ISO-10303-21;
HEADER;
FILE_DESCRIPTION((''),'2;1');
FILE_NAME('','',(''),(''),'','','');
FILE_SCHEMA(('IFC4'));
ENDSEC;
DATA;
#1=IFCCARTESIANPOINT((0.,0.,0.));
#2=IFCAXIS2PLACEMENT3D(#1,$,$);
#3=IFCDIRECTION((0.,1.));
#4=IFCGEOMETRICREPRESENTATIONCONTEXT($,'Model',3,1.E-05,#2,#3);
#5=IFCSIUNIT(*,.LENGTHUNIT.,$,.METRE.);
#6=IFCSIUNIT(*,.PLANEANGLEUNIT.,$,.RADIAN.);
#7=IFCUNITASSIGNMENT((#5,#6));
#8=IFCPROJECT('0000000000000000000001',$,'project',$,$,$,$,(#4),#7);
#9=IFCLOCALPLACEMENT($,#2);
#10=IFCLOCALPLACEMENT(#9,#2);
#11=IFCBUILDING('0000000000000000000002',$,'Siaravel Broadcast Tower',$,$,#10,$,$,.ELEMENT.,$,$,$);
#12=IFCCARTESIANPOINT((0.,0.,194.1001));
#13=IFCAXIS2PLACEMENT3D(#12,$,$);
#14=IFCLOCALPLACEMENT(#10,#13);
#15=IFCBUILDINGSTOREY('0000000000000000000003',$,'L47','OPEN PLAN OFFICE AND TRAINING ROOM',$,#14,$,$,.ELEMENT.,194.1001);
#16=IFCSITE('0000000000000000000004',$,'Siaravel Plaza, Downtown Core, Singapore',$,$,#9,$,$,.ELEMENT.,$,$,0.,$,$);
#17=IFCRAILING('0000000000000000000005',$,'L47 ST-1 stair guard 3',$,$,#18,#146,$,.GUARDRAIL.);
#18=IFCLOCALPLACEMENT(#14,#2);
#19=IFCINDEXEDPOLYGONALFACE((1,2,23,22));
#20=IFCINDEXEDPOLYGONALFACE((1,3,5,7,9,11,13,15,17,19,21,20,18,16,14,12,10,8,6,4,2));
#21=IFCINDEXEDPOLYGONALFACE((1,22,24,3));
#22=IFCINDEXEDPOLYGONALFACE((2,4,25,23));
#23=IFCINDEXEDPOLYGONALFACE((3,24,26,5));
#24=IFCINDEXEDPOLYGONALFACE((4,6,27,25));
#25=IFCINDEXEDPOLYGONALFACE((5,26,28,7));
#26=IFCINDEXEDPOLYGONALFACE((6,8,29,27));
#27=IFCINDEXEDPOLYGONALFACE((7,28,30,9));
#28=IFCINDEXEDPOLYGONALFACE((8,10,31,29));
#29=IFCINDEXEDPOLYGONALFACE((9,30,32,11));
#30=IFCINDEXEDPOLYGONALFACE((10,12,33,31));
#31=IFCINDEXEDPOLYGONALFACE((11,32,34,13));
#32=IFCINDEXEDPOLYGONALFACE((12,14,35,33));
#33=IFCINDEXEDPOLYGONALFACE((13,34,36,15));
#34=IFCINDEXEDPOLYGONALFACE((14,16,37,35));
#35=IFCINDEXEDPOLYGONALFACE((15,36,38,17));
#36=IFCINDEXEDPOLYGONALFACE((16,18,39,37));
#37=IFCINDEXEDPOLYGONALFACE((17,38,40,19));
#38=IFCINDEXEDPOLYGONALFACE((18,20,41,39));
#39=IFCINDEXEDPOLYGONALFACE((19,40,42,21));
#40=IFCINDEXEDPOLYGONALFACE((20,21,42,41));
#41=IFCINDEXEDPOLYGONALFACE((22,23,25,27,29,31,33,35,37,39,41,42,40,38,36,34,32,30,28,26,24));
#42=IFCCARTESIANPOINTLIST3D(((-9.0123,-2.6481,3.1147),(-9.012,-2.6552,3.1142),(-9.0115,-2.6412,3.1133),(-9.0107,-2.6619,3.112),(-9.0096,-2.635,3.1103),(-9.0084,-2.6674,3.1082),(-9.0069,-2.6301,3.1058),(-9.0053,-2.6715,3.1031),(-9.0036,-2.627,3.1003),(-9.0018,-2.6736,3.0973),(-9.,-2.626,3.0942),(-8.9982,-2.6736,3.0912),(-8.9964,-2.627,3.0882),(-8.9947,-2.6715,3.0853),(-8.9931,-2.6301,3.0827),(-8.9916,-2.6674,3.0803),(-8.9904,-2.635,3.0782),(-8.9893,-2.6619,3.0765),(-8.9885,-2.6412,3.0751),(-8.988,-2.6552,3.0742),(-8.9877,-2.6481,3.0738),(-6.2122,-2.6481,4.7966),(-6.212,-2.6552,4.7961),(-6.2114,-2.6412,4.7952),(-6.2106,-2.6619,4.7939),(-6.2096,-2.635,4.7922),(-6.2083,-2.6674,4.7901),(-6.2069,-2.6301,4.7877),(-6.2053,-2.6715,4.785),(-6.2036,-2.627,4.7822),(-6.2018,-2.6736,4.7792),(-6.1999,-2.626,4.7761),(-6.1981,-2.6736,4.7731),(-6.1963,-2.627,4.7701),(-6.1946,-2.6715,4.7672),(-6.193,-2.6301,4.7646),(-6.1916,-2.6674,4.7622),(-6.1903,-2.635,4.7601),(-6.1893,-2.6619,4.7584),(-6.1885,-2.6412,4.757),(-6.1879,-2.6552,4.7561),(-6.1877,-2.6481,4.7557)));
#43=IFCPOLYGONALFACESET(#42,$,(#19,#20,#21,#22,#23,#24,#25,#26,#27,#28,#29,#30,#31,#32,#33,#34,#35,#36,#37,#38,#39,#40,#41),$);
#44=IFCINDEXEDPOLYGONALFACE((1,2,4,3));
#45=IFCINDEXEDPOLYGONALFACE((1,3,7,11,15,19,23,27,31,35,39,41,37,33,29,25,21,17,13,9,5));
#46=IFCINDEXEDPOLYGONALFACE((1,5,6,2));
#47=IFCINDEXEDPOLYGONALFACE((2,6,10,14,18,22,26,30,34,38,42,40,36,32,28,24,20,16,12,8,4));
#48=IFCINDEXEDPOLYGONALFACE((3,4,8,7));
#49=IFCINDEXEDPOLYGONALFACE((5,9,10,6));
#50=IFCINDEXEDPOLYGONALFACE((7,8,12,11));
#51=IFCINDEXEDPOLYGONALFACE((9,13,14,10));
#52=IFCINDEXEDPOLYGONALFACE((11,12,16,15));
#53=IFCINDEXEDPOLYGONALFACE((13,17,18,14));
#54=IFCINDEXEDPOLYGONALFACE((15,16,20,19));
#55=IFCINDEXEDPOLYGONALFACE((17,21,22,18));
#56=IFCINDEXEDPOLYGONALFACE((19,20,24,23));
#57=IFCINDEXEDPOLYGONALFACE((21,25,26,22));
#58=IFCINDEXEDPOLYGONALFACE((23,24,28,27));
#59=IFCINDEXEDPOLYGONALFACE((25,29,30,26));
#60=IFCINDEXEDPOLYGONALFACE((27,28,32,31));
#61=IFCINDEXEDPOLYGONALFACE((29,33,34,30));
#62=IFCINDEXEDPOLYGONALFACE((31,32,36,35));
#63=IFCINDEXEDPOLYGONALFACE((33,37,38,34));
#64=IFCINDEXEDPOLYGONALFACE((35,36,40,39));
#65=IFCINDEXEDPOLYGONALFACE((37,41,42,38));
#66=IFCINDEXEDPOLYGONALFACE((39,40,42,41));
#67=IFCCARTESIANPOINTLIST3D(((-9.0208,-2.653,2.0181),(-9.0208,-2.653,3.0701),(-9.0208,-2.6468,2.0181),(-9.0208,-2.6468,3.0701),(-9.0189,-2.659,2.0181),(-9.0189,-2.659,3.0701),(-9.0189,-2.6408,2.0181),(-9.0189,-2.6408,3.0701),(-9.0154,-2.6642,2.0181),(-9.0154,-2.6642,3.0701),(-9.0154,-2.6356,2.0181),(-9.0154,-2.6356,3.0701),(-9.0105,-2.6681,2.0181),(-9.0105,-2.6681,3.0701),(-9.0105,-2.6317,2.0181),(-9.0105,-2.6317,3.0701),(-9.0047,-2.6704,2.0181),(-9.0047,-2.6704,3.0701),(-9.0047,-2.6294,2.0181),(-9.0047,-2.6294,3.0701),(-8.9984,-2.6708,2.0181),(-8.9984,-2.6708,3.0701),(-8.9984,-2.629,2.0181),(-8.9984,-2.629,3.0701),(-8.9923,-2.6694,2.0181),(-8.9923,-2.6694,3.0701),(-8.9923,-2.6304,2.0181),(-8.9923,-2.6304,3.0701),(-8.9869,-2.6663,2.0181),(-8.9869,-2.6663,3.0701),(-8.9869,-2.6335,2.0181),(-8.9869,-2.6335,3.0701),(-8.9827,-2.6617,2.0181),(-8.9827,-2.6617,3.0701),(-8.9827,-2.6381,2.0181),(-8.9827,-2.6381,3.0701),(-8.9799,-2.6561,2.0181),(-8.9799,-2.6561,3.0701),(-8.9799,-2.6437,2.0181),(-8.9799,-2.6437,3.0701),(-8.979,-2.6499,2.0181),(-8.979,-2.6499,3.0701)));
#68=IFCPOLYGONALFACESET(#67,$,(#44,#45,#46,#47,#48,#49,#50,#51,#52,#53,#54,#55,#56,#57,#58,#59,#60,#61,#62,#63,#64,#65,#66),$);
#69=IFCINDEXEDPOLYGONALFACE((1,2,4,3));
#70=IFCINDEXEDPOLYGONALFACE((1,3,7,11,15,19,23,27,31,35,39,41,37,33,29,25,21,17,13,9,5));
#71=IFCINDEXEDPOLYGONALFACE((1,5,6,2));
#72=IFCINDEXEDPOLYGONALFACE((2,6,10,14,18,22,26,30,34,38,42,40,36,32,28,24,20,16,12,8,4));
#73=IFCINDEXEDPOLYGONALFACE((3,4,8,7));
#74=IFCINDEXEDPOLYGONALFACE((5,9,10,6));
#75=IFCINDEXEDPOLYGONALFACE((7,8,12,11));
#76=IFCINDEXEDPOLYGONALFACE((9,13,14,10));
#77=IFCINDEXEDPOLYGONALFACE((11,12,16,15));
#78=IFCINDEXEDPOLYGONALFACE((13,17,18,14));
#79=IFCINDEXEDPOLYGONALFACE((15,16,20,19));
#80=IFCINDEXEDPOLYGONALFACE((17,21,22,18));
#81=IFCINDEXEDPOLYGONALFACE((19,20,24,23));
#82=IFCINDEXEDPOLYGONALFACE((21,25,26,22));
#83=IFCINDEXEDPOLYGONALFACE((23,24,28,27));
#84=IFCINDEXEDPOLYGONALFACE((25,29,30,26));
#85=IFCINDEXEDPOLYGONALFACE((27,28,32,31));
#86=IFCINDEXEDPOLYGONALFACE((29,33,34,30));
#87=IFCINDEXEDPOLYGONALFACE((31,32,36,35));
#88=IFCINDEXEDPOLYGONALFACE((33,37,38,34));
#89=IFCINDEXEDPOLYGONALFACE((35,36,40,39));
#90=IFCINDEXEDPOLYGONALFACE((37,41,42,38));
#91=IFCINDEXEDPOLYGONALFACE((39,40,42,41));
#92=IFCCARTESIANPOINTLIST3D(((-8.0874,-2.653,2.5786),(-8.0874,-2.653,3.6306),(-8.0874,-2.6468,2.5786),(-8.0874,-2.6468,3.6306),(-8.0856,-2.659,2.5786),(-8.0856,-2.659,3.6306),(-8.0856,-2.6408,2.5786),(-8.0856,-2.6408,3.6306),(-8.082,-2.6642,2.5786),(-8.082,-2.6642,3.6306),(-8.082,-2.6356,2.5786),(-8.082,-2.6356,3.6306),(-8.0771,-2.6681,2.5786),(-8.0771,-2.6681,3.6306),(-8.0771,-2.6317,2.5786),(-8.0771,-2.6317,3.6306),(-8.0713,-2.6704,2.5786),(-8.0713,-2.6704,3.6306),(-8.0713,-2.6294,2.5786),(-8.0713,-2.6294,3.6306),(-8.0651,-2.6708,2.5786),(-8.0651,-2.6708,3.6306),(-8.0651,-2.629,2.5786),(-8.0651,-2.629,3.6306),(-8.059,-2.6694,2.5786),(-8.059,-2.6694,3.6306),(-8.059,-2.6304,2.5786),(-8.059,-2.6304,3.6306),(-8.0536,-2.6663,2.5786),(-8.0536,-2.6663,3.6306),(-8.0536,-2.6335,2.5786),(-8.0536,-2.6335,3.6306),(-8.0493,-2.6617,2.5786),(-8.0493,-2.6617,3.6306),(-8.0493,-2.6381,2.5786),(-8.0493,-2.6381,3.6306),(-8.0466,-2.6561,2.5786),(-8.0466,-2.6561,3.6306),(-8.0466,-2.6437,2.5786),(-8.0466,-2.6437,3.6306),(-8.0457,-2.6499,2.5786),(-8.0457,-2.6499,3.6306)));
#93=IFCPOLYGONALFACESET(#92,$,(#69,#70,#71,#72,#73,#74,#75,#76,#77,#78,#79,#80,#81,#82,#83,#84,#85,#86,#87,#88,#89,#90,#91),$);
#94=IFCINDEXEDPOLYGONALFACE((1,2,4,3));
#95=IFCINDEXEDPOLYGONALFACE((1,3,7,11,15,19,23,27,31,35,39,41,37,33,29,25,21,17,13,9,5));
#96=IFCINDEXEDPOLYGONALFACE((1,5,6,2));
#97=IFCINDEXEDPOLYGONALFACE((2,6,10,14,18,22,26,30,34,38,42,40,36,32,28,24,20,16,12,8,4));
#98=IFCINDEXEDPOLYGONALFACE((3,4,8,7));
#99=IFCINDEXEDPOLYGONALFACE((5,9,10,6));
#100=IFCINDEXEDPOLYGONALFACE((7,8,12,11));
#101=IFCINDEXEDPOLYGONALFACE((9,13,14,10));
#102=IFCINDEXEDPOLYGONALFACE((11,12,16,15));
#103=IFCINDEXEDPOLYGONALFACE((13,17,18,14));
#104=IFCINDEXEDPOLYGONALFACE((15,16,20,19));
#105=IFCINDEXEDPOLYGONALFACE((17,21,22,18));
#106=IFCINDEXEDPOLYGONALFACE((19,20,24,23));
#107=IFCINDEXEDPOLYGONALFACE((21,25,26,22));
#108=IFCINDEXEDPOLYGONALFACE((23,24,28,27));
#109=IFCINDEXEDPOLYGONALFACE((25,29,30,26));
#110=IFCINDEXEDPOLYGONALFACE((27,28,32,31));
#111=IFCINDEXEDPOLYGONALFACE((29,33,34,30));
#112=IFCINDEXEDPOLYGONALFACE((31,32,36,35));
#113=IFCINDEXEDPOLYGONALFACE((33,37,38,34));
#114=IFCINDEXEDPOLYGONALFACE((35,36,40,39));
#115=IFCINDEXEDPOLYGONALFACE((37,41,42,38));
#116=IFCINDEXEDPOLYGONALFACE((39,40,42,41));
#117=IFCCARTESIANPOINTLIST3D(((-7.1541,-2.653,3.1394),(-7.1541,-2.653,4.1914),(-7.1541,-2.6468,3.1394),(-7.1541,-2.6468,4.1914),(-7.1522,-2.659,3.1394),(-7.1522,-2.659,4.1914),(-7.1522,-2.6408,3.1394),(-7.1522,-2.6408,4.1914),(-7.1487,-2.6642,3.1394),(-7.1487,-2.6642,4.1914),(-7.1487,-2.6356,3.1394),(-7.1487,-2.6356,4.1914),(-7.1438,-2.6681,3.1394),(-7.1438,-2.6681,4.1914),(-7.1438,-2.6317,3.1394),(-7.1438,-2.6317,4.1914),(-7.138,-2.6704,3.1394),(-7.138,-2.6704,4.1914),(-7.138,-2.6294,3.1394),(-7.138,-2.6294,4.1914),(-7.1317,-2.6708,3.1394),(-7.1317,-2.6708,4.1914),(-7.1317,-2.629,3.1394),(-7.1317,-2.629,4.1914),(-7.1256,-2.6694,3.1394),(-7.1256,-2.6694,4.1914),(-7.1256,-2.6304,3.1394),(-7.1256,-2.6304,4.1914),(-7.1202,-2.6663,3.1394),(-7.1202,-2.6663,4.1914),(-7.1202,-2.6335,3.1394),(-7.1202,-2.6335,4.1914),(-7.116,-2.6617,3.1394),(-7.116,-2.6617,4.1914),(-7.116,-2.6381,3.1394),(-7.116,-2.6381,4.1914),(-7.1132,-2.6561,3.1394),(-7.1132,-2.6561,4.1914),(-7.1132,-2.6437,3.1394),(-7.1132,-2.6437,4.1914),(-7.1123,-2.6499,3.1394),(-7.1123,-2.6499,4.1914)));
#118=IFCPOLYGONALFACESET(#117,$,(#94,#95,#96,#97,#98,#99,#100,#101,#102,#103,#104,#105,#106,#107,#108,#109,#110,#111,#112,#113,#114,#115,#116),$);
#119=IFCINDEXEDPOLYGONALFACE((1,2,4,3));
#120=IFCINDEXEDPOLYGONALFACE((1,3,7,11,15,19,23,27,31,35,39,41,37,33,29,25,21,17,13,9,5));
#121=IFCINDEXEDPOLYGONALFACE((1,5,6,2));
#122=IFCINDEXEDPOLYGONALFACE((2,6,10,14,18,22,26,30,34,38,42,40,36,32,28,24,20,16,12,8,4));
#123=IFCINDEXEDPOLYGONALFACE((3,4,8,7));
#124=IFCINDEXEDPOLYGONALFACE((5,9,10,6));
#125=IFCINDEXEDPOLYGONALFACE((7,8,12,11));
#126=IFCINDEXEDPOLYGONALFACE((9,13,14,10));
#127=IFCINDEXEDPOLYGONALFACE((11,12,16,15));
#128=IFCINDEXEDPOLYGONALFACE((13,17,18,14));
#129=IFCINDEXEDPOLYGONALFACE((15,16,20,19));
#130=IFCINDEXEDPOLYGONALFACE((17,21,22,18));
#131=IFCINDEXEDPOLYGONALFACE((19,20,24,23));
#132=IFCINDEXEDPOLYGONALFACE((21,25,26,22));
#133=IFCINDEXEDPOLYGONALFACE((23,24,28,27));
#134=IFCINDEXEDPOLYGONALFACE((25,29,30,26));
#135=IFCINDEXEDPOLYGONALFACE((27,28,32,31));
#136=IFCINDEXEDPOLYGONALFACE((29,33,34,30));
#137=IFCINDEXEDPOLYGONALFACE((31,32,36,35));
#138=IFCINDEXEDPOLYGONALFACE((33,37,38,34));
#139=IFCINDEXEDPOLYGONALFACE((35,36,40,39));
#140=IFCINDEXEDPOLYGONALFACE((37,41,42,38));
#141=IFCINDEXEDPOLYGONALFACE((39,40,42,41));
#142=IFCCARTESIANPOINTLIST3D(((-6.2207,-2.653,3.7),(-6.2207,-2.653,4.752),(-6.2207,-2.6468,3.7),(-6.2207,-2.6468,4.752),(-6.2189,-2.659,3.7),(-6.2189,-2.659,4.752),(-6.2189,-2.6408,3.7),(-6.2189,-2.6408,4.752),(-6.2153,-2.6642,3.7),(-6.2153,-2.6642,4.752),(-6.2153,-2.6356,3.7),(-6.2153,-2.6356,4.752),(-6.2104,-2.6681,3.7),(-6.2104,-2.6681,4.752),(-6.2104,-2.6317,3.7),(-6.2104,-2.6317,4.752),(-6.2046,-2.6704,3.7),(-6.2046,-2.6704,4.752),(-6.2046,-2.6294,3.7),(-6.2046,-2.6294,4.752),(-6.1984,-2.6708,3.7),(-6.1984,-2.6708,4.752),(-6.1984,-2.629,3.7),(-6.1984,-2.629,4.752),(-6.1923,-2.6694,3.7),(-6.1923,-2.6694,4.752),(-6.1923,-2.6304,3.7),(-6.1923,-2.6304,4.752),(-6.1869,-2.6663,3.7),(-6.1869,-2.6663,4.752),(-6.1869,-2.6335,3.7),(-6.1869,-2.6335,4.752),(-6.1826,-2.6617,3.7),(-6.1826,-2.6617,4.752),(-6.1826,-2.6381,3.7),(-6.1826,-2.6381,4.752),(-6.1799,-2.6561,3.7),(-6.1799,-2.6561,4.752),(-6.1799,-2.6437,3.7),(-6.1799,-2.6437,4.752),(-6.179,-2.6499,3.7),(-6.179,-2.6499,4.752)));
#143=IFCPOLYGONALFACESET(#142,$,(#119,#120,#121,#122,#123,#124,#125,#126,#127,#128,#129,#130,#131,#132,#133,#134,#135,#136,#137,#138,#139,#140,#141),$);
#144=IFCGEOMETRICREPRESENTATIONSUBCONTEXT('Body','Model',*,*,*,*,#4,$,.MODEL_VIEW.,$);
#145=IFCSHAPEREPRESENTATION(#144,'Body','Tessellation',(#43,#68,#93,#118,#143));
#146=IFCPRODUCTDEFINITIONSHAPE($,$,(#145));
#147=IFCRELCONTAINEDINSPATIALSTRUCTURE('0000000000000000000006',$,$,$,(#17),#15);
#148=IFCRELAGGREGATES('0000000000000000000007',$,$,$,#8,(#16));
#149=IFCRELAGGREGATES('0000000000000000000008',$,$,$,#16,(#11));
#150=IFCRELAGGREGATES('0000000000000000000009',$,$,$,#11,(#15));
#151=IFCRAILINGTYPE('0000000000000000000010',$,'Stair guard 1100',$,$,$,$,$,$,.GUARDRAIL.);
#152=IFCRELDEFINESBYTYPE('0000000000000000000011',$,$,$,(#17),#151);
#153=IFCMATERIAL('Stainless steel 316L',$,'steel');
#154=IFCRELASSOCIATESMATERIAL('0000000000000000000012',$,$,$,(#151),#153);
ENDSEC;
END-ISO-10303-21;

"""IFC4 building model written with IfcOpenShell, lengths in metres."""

from ifc_helpers import new_model, si_unit, direction, frame, origin, origin_2d, place, context, subcontext, project, spatial, circle, extrude, material, type_object, element, save


model = new_model("IFC4")

# Units and contexts
model_context = context("Model", 3, precision=1e-05, world=origin(), true_north=direction((0.0, 1.0)))
body_context = subcontext(model_context, "Body", "Model", "MODEL_VIEW")
ifc_project = project(units=[si_unit("LENGTHUNIT", "METRE"), si_unit("PLANEANGLEUNIT", "RADIAN")], contexts=[model_context])

# Site, building, storey
site_placement = place(None, origin())
site = spatial("IfcSite", under=ifc_project, at=site_placement, Name="Siaravel Plaza, Downtown Core, Singapore", CompositionType="ELEMENT", RefElevation=0.0)
building_placement = place(site_placement, origin())
building = spatial("IfcBuilding", under=site, at=building_placement, Name="Siaravel Broadcast Tower", CompositionType="ELEMENT")
storey_placement = place(building_placement, frame((0.0, 0.0, 194.1001)))
storey = spatial("IfcBuildingStorey", under=building, at=storey_placement, Name="L47", Description="OPEN PLAN OFFICE AND TRAINING ROOM", CompositionType="ELEMENT", Elevation=194.1001)

# Shared definitions
ifc_material_1 = material(Name="Stainless steel 316L", Category="steel")

# Railing
railing_type_1 = type_object("IfcRailingType", Name="Stair guard 1100", PredefinedType="GUARDRAIL", material=ifc_material_1)
railing_1_placement = place(storey_placement, frame((-9.0, -2.6499, 2.0181)))
element("IfcRailing", 1, at=railing_1_placement, inside=storey, type_object=railing_type_1, Name="L47 ST-1 stair guard 3", PredefinedType="GUARDRAIL", context=body_context, shape_type="SweptSolid", body=[
    extrude(circle(Radius=0.0239, at=origin_2d()), frame((0.0, 0.0, 1.0762), z_axis=(0.857242, 0.0, 0.514913), x_axis=(0.0, 1.0, 0.0)), (0.0, 0.0, 1.0), 3.2664),
    extrude(circle(Radius=0.021, at=origin_2d()), origin(), (0.0, 0.0, 1.0), 1.052),
    extrude(circle(Radius=0.021, at=origin_2d()), frame((0.9333, 0.0, 0.5605)), (0.0, 0.0, 1.0), 1.052),
    extrude(circle(Radius=0.021, at=origin_2d()), frame((1.8667, 0.0, 1.1213)), (0.0, 0.0, 1.0), 1.052),
    extrude(circle(Radius=0.021, at=origin_2d()), frame((2.8, 0.0, 1.6819)), (0.0, 0.0, 1.0), 1.052),
])

save(model, "model.ifc")
